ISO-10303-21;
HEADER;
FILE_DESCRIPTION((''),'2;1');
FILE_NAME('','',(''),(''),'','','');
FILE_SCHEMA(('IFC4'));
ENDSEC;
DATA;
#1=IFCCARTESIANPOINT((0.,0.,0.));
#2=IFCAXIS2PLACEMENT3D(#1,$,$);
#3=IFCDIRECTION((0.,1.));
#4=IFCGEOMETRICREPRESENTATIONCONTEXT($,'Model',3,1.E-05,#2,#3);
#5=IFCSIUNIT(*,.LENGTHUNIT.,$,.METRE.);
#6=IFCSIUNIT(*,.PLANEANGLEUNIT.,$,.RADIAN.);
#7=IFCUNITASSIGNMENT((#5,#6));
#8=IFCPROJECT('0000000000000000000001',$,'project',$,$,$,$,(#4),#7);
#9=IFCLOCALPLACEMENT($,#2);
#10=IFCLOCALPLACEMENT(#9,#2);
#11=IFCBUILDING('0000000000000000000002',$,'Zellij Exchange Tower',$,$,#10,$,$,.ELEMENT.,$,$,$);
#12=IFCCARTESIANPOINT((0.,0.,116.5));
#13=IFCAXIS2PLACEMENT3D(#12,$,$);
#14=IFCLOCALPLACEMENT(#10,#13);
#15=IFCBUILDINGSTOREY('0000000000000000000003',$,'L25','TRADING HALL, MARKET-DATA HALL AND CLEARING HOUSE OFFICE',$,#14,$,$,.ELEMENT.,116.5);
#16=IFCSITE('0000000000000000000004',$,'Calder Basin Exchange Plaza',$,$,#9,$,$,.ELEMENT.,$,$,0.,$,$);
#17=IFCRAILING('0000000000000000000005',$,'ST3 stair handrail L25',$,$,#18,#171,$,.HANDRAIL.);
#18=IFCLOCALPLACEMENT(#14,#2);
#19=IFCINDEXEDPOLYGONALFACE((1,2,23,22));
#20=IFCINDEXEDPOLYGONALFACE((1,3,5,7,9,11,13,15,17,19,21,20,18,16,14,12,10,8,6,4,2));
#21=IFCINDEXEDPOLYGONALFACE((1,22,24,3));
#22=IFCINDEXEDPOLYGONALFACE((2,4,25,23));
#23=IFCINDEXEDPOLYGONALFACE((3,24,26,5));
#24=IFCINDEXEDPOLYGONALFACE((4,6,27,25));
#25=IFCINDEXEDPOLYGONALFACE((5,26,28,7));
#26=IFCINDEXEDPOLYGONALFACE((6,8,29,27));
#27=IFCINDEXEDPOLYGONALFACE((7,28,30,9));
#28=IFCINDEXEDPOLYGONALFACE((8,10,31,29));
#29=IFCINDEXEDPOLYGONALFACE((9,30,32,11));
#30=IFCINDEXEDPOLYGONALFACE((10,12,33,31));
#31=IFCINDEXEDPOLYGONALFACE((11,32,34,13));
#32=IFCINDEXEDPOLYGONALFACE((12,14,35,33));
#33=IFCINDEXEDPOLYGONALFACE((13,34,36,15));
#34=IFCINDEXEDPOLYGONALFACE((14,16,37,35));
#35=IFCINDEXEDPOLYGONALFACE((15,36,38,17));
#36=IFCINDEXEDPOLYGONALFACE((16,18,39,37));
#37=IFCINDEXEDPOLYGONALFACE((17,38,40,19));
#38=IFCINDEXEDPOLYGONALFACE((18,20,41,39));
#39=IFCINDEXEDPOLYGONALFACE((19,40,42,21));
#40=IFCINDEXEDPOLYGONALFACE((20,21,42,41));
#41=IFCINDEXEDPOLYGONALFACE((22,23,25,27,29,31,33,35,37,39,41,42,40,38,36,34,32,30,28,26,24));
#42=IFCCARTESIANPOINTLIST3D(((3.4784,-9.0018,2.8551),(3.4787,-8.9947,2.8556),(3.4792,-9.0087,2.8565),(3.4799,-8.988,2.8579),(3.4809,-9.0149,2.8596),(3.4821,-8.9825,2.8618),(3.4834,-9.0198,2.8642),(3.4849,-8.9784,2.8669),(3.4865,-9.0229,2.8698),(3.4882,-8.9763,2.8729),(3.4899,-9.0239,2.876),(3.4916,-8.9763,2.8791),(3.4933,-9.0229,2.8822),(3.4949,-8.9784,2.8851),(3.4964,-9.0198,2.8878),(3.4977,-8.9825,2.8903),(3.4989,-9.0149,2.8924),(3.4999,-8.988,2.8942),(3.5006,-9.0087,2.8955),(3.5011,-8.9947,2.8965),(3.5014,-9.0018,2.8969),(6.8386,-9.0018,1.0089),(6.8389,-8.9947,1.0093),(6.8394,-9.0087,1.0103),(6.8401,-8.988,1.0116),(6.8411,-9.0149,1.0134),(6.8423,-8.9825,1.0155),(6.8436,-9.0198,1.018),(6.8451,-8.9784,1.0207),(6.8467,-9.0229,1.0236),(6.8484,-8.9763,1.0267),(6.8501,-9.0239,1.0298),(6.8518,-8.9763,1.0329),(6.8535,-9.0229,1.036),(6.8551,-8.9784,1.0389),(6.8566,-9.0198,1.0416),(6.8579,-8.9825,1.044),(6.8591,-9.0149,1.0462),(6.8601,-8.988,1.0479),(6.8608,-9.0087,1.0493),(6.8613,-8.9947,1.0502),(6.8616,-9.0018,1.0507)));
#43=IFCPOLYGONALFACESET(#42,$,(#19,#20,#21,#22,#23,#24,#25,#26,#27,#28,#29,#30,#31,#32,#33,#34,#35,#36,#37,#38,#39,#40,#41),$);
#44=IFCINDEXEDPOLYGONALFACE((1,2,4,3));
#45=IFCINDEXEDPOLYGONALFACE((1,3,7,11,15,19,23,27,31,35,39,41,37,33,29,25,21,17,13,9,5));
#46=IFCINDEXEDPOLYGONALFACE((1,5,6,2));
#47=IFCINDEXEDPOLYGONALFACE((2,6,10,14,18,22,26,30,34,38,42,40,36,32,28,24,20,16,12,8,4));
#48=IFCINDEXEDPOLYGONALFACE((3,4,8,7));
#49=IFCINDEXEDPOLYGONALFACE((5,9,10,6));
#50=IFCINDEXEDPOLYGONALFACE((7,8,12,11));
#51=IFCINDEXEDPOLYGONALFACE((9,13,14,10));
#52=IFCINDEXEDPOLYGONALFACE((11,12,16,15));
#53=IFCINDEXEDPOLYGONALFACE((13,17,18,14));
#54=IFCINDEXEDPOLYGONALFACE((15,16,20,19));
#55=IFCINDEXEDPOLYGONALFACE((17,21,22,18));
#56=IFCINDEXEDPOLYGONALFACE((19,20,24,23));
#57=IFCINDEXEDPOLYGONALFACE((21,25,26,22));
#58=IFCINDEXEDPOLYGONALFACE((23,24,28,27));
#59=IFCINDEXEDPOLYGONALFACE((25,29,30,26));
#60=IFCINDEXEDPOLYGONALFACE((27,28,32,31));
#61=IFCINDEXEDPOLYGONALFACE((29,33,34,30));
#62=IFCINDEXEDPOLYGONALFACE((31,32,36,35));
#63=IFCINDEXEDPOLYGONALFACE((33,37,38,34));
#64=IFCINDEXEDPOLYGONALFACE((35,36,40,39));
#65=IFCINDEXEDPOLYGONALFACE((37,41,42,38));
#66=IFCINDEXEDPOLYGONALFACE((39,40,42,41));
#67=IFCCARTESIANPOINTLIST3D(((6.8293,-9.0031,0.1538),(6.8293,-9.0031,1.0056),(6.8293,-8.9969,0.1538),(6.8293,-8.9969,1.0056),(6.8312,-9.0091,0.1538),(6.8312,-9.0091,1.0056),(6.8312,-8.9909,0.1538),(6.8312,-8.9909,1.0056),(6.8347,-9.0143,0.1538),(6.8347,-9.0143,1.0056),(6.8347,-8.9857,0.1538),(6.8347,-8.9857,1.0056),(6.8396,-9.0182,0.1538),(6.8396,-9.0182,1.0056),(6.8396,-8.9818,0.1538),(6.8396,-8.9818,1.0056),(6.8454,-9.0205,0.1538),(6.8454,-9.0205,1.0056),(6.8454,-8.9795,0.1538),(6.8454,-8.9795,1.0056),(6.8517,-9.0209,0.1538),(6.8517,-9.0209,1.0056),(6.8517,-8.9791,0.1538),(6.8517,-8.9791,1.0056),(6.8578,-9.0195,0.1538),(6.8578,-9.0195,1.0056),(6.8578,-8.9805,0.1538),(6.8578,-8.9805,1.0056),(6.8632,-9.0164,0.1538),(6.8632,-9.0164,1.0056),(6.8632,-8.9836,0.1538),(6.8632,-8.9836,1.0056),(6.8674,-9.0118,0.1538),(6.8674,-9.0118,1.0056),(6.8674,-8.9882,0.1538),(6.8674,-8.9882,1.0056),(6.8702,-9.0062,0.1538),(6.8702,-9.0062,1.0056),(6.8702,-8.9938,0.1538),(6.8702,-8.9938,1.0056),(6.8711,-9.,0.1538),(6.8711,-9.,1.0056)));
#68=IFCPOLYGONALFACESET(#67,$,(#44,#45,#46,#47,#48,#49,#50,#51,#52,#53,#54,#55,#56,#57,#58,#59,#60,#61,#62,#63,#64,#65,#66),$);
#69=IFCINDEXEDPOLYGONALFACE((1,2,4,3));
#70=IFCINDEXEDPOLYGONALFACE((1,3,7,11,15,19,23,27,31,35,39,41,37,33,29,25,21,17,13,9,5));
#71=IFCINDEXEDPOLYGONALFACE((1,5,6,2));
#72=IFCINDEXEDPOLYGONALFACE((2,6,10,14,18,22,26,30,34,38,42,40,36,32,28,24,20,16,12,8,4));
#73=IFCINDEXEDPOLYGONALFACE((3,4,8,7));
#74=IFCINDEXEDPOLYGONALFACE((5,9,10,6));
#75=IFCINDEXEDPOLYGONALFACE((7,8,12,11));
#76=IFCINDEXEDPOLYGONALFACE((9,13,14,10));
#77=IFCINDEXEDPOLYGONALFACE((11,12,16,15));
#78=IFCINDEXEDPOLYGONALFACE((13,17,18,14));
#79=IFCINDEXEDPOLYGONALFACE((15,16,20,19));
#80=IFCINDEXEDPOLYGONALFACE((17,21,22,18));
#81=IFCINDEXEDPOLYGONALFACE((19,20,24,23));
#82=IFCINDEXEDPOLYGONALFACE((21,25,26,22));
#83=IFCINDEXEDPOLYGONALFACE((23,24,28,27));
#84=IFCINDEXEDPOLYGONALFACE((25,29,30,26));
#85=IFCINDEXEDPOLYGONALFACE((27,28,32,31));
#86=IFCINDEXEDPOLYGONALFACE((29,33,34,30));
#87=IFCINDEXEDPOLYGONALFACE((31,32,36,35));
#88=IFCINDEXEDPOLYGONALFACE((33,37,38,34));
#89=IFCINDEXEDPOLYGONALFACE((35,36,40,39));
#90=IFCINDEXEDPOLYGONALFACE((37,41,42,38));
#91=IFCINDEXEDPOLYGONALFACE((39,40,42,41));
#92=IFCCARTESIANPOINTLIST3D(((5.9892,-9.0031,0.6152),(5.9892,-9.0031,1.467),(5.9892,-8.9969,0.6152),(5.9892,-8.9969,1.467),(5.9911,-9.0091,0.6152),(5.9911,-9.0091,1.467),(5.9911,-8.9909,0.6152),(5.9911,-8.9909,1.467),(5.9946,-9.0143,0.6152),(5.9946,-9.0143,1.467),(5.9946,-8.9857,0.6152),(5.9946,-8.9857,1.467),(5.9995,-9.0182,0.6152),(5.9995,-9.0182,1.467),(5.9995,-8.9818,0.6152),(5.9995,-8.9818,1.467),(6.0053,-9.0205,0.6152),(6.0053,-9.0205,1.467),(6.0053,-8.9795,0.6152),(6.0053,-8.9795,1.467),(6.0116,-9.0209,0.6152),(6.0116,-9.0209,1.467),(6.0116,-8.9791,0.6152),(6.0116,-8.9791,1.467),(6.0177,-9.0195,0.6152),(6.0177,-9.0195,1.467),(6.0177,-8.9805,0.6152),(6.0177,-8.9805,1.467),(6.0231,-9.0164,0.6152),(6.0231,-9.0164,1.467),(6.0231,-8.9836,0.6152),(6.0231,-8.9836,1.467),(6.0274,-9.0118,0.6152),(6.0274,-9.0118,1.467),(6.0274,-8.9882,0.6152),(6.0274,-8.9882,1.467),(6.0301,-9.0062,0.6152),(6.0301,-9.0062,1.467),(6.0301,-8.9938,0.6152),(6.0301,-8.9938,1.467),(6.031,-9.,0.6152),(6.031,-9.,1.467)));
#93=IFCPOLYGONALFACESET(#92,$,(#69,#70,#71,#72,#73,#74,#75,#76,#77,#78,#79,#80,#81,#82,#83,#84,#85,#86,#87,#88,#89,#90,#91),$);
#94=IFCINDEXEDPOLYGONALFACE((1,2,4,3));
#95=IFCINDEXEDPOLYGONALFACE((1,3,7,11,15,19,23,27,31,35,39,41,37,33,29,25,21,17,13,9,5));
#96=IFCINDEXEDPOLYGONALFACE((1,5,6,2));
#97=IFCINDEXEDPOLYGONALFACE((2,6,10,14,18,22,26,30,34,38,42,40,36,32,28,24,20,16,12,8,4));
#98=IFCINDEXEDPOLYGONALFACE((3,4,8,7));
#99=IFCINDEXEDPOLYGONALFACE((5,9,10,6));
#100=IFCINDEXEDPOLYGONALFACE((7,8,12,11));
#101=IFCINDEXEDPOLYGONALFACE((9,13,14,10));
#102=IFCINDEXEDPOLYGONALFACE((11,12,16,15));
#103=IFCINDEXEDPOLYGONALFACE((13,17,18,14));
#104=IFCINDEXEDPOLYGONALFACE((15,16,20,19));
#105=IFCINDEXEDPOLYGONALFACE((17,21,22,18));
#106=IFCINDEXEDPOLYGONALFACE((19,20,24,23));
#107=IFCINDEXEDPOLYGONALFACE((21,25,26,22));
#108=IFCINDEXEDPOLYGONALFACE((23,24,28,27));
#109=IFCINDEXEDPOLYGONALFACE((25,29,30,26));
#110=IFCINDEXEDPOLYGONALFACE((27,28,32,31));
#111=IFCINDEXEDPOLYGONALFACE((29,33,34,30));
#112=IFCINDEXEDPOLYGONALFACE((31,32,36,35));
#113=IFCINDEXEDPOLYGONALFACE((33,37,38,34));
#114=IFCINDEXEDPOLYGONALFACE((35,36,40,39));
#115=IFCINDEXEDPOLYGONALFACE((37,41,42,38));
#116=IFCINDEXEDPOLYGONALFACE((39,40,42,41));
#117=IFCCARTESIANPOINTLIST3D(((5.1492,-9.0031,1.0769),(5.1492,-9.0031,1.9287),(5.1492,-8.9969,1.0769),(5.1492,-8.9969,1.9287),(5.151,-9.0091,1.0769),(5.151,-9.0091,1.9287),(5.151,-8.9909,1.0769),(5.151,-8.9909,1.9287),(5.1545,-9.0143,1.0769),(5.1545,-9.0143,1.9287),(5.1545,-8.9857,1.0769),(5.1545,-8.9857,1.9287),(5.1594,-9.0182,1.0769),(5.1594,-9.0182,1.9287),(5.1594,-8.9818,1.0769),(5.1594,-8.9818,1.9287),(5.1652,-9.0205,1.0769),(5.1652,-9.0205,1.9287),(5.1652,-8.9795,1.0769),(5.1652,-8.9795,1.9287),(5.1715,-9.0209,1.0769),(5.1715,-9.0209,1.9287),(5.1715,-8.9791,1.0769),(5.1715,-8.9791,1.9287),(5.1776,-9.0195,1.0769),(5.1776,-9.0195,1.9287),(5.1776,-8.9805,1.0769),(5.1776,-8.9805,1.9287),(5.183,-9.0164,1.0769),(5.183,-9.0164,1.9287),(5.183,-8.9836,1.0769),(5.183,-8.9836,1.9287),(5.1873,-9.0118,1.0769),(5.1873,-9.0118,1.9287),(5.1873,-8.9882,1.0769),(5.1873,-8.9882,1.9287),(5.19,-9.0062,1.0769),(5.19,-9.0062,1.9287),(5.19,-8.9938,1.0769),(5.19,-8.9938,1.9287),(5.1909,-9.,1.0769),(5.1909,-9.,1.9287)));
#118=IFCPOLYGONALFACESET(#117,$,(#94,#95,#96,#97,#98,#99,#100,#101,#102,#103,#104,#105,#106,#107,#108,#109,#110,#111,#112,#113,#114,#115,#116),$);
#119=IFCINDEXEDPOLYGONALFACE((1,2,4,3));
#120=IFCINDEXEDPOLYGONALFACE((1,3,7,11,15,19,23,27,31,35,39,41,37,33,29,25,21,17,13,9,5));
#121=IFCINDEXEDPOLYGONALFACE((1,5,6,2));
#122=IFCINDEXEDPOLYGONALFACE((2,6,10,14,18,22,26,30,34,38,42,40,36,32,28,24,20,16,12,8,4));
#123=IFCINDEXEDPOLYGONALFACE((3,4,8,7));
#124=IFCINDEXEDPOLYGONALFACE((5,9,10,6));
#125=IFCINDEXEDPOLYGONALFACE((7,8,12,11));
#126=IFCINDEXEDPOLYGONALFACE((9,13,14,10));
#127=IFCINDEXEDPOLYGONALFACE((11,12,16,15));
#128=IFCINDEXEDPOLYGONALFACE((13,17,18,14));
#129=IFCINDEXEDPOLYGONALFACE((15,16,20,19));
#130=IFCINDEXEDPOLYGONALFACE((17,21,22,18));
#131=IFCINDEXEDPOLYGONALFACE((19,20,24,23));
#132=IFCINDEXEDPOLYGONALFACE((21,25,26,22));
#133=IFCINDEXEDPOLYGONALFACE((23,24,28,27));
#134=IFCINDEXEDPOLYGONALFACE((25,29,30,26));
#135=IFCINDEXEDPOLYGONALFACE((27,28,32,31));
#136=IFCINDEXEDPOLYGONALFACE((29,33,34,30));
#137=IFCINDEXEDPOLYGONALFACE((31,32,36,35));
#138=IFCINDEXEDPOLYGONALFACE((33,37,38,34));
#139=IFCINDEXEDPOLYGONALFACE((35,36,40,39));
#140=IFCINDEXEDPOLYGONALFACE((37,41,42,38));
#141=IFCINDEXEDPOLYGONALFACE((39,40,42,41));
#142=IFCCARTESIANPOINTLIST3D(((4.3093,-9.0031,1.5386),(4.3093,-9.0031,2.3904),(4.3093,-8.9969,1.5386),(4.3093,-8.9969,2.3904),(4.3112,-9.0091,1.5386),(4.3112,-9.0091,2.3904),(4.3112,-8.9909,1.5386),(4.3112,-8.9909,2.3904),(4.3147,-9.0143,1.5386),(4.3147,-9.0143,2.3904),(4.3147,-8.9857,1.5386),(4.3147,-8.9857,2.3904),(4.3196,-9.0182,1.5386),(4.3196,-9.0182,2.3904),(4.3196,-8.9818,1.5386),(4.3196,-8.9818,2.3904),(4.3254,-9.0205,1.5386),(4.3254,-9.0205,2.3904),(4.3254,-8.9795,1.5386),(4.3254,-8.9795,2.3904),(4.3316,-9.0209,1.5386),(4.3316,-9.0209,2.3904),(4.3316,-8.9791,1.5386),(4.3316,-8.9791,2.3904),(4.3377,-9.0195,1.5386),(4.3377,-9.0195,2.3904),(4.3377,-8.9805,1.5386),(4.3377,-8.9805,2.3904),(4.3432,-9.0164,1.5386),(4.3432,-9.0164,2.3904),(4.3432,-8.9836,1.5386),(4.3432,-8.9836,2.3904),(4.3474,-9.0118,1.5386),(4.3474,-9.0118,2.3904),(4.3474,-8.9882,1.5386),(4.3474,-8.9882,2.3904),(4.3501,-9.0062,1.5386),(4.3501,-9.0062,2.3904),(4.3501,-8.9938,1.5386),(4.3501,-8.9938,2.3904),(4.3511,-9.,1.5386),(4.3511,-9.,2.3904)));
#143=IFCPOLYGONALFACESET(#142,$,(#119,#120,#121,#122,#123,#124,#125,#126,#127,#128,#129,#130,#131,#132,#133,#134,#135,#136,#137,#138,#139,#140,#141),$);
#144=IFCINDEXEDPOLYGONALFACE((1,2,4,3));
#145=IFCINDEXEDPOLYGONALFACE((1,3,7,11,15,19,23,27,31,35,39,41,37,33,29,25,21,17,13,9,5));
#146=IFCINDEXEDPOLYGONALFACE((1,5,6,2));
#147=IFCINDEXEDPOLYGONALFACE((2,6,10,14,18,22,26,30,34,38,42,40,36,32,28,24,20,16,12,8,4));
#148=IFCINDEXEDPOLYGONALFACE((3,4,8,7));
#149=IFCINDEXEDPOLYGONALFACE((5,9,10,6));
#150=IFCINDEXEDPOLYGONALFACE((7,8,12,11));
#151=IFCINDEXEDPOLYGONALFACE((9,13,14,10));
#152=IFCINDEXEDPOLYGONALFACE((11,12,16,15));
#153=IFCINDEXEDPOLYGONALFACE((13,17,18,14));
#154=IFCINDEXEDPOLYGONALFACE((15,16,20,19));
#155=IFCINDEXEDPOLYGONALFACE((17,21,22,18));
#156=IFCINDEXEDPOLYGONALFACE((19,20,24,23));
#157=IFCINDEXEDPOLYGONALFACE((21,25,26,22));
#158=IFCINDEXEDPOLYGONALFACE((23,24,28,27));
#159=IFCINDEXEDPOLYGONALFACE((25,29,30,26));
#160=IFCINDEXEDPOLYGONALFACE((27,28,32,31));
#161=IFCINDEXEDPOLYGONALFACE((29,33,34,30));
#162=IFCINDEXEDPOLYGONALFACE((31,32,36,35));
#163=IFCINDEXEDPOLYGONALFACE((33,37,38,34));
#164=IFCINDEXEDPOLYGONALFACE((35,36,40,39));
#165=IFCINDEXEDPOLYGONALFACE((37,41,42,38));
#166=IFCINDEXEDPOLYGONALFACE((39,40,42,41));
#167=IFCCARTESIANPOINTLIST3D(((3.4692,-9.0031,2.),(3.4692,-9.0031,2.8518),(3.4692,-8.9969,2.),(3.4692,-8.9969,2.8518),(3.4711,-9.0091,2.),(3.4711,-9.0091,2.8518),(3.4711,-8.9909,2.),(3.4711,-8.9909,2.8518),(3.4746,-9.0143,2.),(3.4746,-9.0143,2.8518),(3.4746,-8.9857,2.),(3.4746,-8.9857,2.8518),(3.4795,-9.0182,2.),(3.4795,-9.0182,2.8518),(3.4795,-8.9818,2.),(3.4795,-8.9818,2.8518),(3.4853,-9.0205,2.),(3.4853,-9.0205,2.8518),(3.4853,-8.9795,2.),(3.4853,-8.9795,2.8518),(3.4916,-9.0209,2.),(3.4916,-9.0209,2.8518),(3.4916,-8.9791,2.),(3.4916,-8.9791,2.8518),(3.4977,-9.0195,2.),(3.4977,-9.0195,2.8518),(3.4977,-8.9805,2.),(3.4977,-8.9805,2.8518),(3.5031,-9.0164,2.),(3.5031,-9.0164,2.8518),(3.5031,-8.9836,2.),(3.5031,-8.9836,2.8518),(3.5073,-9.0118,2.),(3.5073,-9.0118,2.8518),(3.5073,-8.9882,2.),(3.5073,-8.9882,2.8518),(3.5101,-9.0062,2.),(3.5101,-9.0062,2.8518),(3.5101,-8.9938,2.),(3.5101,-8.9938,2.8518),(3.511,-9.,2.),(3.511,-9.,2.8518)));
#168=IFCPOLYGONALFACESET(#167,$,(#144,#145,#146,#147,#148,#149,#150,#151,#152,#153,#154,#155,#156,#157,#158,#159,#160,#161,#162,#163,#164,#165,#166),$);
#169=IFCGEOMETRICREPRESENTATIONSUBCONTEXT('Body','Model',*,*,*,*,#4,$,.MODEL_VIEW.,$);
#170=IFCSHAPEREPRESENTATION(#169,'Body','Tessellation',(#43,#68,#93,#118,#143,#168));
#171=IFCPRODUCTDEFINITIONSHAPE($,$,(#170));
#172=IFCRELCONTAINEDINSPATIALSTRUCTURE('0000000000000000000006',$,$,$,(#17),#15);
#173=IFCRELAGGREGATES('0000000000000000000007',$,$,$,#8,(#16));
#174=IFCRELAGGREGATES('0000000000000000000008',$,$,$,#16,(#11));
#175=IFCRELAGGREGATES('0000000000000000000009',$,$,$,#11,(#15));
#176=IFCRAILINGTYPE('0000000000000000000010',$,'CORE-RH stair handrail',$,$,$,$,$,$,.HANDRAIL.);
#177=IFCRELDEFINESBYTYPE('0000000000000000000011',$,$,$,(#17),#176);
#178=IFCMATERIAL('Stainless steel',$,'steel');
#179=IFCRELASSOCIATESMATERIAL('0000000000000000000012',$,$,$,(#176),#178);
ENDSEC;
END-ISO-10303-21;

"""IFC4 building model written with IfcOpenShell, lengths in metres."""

from ifc_helpers import new_model, si_unit, direction, frame, origin, origin_2d, place, context, subcontext, project, spatial, circle, extrude, material, type_object, element, save


model = new_model("IFC4")

# Units and contexts
model_context = context("Model", 3, precision=1e-05, world=origin(), true_north=direction((0.0, 1.0)))
body_context = subcontext(model_context, "Body", "Model", "MODEL_VIEW")
ifc_project = project(units=[si_unit("LENGTHUNIT", "METRE"), si_unit("PLANEANGLEUNIT", "RADIAN")], contexts=[model_context])

# Site, building, storey
site_placement = place(None, origin())
site = spatial("IfcSite", under=ifc_project, at=site_placement, Name="Calder Basin Exchange Plaza", CompositionType="ELEMENT", RefElevation=0.0)
building_placement = place(site_placement, origin())
building = spatial("IfcBuilding", under=site, at=building_placement, Name="Zellij Exchange Tower", CompositionType="ELEMENT")
storey_placement = place(building_placement, frame((0.0, 0.0, 116.5)))
storey = spatial("IfcBuildingStorey", under=building, at=storey_placement, Name="L25", Description="TRADING HALL, MARKET-DATA HALL AND CLEARING HOUSE OFFICE", CompositionType="ELEMENT", Elevation=116.5)

# Railing
ifc_material_1 = material(Name="Stainless steel", Category="steel")
railing_type_1 = type_object("IfcRailingType", Name="CORE-RH stair handrail", PredefinedType="HANDRAIL", material=ifc_material_1)
railing_1_placement = place(storey_placement, frame((6.8501, -9.0, 0.1538)))
element("IfcRailing", 1, at=railing_1_placement, inside=storey, type_object=railing_type_1, Name="ST3 stair handrail L25", PredefinedType="HANDRAIL", context=body_context, shape_type="SweptSolid", body=[
    extrude(circle(Radius=0.0239, at=origin_2d()), frame((0.0, 0.0, 0.876), z_axis=(-0.876422, 0.0, 0.481545), x_axis=(0.0, -1.0, 0.0)), (0.0, 0.0, 1.0), 3.834),
    extrude(circle(Radius=0.021, at=origin_2d()), origin(), (0.0, 0.0, 1.0), 0.8518),
    extrude(circle(Radius=0.021, at=origin_2d()), frame((-0.8401, 0.0, 0.4614)), (0.0, 0.0, 1.0), 0.8518),
    extrude(circle(Radius=0.021, at=origin_2d()), frame((-1.6802, 0.0, 0.9231)), (0.0, 0.0, 1.0), 0.8518),
    extrude(circle(Radius=0.021, at=origin_2d()), frame((-2.52, 0.0, 1.3848)), (0.0, 0.0, 1.0), 0.8518),
    extrude(circle(Radius=0.021, at=origin_2d()), frame((-3.3601, 0.0, 1.8462)), (0.0, 0.0, 1.0), 0.8518),
])

save(model, "model.ifc")
